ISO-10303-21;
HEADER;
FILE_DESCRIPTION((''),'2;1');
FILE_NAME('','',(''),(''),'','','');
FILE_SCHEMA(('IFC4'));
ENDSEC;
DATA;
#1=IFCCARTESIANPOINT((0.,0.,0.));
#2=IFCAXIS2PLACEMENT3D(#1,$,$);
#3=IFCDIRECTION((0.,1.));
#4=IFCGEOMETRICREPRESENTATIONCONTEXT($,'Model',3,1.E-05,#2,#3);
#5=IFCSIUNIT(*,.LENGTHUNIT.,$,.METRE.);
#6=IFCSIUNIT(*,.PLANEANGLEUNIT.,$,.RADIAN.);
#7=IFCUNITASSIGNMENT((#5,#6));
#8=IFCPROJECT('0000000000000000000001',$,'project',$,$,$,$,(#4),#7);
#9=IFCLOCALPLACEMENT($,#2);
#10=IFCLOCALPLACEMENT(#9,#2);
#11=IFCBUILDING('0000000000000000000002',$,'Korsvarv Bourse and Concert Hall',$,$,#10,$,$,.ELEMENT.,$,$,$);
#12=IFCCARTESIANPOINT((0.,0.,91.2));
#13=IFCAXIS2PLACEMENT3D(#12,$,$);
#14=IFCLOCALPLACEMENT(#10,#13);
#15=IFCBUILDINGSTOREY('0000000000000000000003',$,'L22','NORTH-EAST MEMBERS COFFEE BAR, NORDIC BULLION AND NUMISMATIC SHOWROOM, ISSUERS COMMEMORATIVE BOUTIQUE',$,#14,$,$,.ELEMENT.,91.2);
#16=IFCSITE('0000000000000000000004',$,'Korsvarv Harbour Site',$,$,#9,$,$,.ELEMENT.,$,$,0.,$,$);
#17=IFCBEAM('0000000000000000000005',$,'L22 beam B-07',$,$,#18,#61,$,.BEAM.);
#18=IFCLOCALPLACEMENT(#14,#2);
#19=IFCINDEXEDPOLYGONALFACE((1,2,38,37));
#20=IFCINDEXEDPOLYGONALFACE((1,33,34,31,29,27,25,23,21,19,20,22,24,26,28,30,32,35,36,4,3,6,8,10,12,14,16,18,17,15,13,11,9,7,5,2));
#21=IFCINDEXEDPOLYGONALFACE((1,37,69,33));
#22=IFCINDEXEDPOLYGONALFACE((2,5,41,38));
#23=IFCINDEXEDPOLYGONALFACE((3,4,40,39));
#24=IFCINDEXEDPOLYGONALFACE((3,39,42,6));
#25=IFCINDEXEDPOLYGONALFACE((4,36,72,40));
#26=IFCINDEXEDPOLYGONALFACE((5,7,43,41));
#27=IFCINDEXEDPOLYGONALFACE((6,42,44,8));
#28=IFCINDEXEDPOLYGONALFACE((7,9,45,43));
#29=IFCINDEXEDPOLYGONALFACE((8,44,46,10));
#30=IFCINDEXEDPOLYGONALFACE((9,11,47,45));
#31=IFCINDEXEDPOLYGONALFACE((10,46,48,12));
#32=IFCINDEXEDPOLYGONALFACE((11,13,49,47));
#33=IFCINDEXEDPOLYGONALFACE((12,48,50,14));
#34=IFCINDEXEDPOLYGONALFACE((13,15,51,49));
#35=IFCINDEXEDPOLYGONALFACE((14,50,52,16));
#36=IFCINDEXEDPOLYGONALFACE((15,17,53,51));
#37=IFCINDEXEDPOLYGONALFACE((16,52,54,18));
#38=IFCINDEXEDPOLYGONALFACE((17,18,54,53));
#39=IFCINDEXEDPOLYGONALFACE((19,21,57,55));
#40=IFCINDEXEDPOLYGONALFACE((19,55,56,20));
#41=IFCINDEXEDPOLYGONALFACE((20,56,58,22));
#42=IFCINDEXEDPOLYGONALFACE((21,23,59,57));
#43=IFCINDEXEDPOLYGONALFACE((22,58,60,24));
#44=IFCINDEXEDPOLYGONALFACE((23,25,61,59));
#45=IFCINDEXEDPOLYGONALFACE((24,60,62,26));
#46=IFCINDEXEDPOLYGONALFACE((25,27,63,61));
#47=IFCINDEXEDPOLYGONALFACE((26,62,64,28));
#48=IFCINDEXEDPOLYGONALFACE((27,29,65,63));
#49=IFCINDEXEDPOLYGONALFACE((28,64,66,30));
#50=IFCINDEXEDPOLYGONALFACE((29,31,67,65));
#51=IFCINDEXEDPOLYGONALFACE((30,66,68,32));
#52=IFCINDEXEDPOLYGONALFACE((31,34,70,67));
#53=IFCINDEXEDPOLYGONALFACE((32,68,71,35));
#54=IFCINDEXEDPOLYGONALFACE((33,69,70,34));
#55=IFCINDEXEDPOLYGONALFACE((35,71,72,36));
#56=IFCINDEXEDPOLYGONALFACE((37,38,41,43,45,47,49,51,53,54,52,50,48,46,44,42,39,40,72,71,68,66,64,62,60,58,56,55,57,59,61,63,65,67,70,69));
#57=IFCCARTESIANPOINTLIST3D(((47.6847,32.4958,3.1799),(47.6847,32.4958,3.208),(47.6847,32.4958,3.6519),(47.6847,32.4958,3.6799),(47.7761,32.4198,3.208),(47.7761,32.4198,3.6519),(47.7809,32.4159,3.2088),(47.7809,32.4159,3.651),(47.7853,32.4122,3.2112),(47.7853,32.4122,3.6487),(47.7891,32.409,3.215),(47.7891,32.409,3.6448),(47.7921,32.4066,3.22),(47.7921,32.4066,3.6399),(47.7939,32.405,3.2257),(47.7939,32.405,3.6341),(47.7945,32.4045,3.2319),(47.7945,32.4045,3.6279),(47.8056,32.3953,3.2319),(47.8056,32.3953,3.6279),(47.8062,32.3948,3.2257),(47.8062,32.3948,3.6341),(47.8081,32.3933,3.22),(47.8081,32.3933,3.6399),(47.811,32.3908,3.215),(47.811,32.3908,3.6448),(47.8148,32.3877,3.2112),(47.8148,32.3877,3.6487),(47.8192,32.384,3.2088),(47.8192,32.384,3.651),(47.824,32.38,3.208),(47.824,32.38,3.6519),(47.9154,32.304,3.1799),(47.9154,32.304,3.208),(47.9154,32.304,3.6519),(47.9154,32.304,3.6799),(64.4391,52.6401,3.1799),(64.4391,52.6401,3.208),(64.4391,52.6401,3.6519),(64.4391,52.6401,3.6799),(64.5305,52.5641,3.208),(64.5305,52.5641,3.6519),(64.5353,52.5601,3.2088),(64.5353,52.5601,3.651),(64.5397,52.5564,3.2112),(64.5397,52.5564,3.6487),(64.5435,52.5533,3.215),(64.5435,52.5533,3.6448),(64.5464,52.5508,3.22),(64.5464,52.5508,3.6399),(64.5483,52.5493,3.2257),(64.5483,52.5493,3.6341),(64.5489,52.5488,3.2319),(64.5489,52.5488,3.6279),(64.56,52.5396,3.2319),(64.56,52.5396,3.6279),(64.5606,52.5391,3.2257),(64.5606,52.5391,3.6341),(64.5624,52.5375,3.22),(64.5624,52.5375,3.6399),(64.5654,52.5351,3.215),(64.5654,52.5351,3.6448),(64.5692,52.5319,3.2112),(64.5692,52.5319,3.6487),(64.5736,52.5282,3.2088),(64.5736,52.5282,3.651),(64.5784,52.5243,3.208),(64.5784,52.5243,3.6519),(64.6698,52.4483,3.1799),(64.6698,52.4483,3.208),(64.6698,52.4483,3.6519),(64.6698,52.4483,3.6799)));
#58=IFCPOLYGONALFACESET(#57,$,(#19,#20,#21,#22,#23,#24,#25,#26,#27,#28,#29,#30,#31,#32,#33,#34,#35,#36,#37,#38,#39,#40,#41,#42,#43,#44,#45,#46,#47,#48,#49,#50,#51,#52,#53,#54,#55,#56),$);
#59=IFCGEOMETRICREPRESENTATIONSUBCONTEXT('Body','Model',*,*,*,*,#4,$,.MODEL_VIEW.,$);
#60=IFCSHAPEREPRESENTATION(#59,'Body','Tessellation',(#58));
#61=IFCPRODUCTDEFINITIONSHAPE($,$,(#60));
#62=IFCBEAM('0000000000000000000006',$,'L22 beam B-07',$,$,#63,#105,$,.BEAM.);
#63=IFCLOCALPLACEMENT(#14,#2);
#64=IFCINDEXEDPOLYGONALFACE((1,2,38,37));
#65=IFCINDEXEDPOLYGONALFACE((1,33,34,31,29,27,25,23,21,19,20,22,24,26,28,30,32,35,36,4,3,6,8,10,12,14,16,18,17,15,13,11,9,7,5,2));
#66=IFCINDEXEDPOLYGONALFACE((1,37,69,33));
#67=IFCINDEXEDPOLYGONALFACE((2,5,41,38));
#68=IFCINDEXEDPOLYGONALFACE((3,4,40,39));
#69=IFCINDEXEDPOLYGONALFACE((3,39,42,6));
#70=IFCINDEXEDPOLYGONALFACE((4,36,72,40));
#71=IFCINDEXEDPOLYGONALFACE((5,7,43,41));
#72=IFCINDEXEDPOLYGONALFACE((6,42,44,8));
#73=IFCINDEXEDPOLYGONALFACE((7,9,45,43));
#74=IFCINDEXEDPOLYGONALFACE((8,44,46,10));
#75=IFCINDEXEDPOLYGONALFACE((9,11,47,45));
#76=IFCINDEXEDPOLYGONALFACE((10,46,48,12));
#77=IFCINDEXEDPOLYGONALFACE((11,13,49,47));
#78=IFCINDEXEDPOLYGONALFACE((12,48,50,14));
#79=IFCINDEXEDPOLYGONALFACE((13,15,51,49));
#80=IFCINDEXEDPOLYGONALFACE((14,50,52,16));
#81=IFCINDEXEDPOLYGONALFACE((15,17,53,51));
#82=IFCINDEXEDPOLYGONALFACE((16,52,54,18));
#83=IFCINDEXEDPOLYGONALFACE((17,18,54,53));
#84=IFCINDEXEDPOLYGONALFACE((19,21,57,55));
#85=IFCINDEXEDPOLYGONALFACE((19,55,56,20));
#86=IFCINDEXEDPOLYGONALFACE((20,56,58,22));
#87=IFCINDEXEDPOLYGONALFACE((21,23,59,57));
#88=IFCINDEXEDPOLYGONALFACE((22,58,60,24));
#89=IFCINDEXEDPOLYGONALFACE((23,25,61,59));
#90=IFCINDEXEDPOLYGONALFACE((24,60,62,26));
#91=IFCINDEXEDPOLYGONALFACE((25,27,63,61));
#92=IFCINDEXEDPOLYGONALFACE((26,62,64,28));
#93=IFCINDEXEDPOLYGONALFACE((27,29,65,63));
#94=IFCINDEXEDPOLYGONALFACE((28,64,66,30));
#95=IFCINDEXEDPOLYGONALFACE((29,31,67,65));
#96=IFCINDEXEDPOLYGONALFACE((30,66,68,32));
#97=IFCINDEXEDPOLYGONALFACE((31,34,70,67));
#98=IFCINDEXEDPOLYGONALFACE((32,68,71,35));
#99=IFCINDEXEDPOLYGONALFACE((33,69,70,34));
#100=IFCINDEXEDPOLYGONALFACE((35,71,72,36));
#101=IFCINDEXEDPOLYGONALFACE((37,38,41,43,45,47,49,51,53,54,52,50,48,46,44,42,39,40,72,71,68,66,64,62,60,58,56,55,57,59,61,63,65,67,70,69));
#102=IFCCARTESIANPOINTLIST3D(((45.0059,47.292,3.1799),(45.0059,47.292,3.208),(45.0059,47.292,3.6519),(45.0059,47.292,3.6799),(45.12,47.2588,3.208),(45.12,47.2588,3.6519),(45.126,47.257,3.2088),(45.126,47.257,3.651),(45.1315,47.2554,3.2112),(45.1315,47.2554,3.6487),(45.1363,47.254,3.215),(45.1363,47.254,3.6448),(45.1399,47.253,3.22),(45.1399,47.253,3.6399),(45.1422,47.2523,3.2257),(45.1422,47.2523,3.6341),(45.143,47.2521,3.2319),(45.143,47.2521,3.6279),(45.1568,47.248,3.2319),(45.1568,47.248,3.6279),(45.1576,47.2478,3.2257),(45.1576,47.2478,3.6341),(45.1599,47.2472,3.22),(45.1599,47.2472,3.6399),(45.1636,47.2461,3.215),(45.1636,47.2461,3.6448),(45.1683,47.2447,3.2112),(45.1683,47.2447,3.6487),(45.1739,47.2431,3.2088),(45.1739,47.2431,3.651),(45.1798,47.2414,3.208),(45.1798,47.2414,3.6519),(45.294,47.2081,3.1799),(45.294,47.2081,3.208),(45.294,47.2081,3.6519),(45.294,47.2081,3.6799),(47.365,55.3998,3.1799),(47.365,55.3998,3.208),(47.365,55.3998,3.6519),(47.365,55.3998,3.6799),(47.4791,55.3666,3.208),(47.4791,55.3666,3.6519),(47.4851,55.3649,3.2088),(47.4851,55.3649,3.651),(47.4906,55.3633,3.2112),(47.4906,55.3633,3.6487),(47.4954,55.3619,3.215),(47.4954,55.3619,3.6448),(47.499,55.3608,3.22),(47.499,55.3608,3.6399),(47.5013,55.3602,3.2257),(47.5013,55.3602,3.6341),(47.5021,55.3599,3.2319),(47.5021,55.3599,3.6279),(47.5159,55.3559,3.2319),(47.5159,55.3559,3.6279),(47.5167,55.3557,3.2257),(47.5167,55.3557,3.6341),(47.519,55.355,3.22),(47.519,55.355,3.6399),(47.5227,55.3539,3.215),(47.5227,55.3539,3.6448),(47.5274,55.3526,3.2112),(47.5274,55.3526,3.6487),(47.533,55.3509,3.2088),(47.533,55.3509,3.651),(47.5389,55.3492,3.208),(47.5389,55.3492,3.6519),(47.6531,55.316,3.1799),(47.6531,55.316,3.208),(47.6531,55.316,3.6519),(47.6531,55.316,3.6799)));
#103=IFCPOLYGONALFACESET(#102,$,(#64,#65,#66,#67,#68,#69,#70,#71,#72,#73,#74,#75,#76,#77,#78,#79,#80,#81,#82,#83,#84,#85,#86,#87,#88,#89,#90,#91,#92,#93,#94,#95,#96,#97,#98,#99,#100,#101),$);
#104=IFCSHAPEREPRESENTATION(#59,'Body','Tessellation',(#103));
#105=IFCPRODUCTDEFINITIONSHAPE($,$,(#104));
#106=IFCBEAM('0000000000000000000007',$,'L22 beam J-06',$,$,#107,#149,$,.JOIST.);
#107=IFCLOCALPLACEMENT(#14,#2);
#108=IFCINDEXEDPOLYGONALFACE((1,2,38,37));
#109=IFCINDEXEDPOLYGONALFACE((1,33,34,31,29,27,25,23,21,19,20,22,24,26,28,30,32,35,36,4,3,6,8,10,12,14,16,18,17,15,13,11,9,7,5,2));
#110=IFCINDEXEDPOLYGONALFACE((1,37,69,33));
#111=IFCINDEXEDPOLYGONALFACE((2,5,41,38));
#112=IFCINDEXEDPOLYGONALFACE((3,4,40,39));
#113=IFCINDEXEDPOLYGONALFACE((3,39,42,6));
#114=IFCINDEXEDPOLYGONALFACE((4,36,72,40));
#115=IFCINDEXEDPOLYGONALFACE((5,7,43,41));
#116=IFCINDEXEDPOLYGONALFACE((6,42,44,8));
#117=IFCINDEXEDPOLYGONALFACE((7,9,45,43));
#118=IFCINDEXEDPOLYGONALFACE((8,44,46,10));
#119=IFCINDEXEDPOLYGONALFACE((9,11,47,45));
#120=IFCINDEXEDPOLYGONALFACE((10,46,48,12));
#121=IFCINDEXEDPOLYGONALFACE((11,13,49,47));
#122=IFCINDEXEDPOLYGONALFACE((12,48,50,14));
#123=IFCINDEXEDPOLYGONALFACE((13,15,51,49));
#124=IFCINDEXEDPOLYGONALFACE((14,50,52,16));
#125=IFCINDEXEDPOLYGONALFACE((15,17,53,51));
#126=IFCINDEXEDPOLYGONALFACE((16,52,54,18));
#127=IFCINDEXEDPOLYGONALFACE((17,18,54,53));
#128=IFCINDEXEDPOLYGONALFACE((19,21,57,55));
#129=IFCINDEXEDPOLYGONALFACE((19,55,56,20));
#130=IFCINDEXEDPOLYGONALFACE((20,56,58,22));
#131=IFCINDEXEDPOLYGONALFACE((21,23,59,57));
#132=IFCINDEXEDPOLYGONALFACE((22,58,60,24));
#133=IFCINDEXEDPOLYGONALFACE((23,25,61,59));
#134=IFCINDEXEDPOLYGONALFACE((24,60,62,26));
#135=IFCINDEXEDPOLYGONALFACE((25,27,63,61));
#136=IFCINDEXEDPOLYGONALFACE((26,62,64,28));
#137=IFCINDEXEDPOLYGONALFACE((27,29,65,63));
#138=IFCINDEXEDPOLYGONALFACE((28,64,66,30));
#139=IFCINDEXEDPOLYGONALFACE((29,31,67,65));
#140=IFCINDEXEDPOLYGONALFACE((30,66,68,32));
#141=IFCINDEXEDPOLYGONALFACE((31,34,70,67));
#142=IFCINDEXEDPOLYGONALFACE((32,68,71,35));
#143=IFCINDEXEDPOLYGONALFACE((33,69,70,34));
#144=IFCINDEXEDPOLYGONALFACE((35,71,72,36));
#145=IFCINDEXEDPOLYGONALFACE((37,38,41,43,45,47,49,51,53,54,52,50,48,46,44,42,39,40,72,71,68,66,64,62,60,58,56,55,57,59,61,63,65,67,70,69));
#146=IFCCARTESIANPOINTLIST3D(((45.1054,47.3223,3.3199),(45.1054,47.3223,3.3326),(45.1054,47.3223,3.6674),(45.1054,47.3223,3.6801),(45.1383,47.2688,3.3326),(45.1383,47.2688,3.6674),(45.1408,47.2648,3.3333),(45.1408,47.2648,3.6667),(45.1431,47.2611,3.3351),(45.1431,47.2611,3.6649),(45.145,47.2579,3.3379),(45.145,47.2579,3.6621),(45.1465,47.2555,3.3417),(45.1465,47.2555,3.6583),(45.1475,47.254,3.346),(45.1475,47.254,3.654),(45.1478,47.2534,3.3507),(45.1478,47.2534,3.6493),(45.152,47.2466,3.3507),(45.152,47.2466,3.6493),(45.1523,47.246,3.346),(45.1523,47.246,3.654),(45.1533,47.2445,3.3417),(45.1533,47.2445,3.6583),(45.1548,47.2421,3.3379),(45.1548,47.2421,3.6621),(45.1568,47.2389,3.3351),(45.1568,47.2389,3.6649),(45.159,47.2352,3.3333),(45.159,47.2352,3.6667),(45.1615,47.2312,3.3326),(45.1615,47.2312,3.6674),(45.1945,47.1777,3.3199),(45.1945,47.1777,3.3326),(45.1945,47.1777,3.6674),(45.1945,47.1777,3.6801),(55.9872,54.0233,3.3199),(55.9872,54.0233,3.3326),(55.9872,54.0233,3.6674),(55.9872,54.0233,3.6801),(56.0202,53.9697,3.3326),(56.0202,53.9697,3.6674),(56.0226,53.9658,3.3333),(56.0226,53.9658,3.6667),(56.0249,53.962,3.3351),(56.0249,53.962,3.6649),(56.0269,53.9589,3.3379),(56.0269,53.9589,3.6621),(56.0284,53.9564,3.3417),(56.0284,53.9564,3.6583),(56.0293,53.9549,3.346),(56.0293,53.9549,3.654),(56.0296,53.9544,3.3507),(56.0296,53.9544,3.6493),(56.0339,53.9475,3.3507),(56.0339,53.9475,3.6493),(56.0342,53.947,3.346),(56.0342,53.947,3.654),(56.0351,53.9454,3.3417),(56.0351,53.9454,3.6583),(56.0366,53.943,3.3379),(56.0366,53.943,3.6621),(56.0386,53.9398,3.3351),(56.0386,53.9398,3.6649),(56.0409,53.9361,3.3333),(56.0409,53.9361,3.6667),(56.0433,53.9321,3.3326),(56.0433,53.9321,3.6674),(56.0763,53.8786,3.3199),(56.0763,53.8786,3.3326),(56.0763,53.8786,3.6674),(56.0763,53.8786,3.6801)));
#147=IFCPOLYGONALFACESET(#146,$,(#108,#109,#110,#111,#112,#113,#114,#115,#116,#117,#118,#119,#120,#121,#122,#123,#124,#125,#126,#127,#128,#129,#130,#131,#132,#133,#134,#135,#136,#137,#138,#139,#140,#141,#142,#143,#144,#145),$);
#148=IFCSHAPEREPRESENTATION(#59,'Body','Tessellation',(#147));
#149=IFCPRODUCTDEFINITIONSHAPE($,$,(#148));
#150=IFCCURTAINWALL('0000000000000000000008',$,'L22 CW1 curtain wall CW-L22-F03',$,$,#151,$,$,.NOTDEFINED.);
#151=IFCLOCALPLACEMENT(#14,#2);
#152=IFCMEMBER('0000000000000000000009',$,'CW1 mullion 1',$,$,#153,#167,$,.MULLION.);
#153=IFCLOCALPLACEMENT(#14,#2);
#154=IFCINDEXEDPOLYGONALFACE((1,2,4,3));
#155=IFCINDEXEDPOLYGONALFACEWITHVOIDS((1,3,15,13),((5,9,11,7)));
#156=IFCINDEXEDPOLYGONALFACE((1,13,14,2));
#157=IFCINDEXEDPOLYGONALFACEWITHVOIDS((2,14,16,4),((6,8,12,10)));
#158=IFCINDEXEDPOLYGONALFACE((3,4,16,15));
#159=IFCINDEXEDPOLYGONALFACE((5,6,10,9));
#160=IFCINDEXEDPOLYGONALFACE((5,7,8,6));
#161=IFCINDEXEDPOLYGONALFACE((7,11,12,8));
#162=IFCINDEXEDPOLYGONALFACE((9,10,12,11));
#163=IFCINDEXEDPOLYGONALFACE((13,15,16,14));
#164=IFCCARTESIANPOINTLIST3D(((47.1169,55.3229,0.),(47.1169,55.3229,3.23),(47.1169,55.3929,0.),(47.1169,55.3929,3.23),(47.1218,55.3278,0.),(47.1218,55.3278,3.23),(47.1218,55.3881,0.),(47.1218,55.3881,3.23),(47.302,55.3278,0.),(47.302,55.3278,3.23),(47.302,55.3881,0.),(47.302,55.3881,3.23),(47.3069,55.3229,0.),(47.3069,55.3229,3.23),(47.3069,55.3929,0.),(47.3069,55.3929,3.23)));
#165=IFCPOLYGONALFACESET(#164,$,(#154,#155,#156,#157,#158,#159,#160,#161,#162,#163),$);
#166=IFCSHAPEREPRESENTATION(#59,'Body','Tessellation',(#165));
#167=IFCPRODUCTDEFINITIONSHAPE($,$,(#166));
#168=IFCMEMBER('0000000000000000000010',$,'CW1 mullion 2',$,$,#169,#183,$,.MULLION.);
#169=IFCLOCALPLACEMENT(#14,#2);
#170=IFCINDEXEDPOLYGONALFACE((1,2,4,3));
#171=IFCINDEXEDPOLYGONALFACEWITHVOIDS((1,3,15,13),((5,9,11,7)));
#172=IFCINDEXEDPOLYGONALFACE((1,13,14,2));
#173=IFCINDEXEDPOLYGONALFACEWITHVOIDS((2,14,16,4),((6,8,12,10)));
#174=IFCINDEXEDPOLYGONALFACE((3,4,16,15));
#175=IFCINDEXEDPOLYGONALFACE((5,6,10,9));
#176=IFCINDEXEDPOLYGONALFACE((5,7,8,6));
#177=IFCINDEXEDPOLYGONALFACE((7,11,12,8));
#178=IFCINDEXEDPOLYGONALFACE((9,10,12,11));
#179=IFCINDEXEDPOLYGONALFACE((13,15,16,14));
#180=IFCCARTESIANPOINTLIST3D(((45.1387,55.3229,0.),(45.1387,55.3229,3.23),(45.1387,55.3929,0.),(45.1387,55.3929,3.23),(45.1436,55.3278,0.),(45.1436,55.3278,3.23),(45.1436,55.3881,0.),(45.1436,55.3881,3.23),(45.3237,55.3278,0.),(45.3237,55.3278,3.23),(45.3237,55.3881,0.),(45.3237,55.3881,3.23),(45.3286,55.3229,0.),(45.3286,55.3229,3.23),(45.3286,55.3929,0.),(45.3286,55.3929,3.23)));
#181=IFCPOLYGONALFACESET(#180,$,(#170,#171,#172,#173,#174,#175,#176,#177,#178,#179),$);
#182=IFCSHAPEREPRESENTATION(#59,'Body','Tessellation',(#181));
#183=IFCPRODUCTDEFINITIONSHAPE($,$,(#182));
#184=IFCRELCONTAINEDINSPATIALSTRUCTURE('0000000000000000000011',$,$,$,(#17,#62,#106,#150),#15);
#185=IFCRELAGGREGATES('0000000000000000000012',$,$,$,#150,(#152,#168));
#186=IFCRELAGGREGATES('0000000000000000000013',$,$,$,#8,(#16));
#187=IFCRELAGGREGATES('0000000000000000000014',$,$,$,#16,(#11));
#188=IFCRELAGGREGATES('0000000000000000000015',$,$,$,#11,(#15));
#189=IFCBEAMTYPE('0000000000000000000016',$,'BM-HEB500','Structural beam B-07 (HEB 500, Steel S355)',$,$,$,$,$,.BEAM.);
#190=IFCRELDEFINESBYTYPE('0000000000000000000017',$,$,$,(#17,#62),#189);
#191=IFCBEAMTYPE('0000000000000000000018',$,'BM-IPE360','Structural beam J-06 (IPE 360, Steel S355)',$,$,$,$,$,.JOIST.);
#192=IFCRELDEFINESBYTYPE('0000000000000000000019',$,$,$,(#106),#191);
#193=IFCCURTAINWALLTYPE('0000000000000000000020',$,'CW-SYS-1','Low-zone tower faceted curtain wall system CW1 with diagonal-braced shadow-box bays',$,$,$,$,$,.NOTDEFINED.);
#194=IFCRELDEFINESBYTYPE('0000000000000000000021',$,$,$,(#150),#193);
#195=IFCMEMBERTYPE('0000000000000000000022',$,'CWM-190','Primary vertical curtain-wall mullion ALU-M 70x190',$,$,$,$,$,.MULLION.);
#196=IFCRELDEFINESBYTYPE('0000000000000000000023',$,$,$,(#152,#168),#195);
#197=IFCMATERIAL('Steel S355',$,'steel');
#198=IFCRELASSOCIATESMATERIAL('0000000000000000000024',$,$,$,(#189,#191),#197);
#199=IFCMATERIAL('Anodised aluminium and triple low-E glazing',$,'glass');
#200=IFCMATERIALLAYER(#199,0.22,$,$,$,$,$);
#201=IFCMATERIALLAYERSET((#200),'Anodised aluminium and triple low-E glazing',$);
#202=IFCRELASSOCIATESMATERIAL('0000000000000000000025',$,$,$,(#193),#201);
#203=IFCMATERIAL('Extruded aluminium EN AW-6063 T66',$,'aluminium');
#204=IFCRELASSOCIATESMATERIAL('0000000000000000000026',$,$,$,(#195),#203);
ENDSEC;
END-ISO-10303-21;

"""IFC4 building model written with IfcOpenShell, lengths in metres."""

from ifc_helpers import new_model, si_unit, direction, frame, origin, origin_2d, place, context, subcontext, project, spatial, hollow_rectangle, i_section, extrude, source, transform, mapped, material, layer, layer_set, material_profile, profile_set, type_object, element, aggregate, save


model = new_model("IFC4")

# Units and contexts
model_context = context("Model", 3, precision=1e-05, world=origin(), true_north=direction((0.0, 1.0)))
body_context = subcontext(model_context, "Body", "Model", "MODEL_VIEW")
ifc_project = project(units=[si_unit("LENGTHUNIT", "METRE"), si_unit("PLANEANGLEUNIT", "RADIAN")], contexts=[model_context])

# Site, building, storey
site_placement = place(None, origin())
site = spatial("IfcSite", under=ifc_project, at=site_placement, Name="Korsvarv Harbour Site", CompositionType="ELEMENT", RefElevation=0.0)
building_placement = place(site_placement, origin())
building = spatial("IfcBuilding", under=site, at=building_placement, Name="Korsvarv Bourse and Concert Hall", CompositionType="ELEMENT")
storey_placement = place(building_placement, frame((0.0, 0.0, 91.2)))
storey = spatial("IfcBuildingStorey", under=building, at=storey_placement, Name="L22", Description="NORTH-EAST MEMBERS COFFEE BAR, NORDIC BULLION AND NUMISMATIC SHOWROOM, ISSUERS COMMEMORATIVE BOUTIQUE", CompositionType="ELEMENT", Elevation=91.2)

# Beams
ifc_material_1 = material(Name="Steel S355", Category="steel")
ifc_material_profile_1 = material_profile(ifc_material_1, i_section(OverallWidth=0.3, OverallDepth=0.5, WebThickness=0.0144, FlangeThickness=0.0281, FilletRadius=0.0239, at=origin_2d()), Name="HEB 500")
ifc_profile_set_1 = profile_set([ifc_material_profile_1], Name="Steel S355")
beam_type_1 = type_object("IfcBeamType", Name="BM-HEB500", Description="Structural beam B-07 (HEB 500, Steel S355)", PredefinedType="BEAM", material=ifc_profile_set_1)
shared_shape_1 = source(origin(), body_context, "Body", "SweptSolid", [
    extrude(i_section(OverallWidth=0.3, OverallDepth=0.5, WebThickness=0.0144, FlangeThickness=0.0281, FilletRadius=0.0239, at=origin_2d()), origin(), (0.0, 0.0, 1.0), 26.2012),
])
beam_1_placement = place(storey_placement, frame((64.5544, 52.5442, 3.4299), z_axis=(-0.639452, -0.768831, 0.0), x_axis=(0.768831, -0.639452, 0.0)))
element("IfcBeam", 1, at=beam_1_placement, inside=storey, type_object=beam_type_1, Name="L22 beam B-07", PredefinedType="BEAM", context=body_context, shape_type="MappedRepresentation", body=[
    mapped(shared_shape_1, transform((0.0, 0.0, 0.0), scale=1.0)),
])
shared_shape_2 = source(origin(), body_context, "Body", "SweptSolid", [
    extrude(i_section(OverallWidth=0.3, OverallDepth=0.5, WebThickness=0.0144, FlangeThickness=0.0281, FilletRadius=0.0239, at=origin_2d()), origin(), (0.0, 0.0, 1.0), 8.4441),
])
beam_2_placement = place(storey_placement, frame((47.509, 55.3579, 3.4299), z_axis=(-0.27938, -0.96018, 0.0), x_axis=(0.96018, -0.27938, 0.0)))
element("IfcBeam", 2, at=beam_2_placement, inside=storey, type_object=beam_type_1, Name="L22 beam B-07", PredefinedType="BEAM", context=body_context, shape_type="MappedRepresentation", body=[
    mapped(shared_shape_2, transform((0.0, 0.0, 0.0), scale=1.0)),
])
ifc_material_profile_2 = material_profile(ifc_material_1, i_section(OverallWidth=0.1699, OverallDepth=0.3601, WebThickness=0.0081, FlangeThickness=0.0127, FilletRadius=0.0181, at=origin_2d()), Name="IPE 360")
ifc_profile_set_2 = profile_set([ifc_material_profile_2], Name="Steel S355")
beam_type_2 = type_object("IfcBeamType", Name="BM-IPE360", Description="Structural beam J-06 (IPE 360, Steel S355)", PredefinedType="JOIST", material=ifc_profile_set_2)
shared_shape_3 = source(origin(), body_context, "Body", "SweptSolid", [
    extrude(i_section(OverallWidth=0.1699, OverallDepth=0.3601, WebThickness=0.0081, FlangeThickness=0.0127, FilletRadius=0.0181, at=origin_2d()), origin(), (0.0, 0.0, 1.0), 12.7795),
])
beam_3_placement = place(storey_placement, frame((56.0317, 53.9509, 3.5), z_axis=(-0.851504, -0.524348, 0.0), x_axis=(0.524348, -0.851504, 0.0)))
element("IfcBeam", 3, at=beam_3_placement, inside=storey, type_object=beam_type_2, Name="L22 beam J-06", PredefinedType="JOIST", context=body_context, shape_type="MappedRepresentation", body=[
    mapped(shared_shape_3, transform((0.0, 0.0, 0.0), scale=1.0)),
])

# Curtain wall, members
ifc_material_2 = material(Name="Anodised aluminium and triple low-E glazing", Category="glass")
ifc_layer_1 = layer(ifc_material_2, 0.22)
ifc_layer_set_1 = layer_set([ifc_layer_1], Name="Anodised aluminium and triple low-E glazing")
curtain_wall_type = type_object("IfcCurtainWallType", Name="CW-SYS-1", Description="Low-zone tower faceted curtain wall system CW1 with diagonal-braced shadow-box bays", PredefinedType="NOTDEFINED", material=ifc_layer_set_1)
curtain_wall_placement = place(storey_placement, origin())
curtain_wall = element("IfcCurtainWall", 4, at=curtain_wall_placement, inside=storey, type_object=curtain_wall_type, Name="L22 CW1 curtain wall CW-L22-F03", PredefinedType="NOTDEFINED")
ifc_material_3 = material(Name="Extruded aluminium EN AW-6063 T66", Category="aluminium")
ifc_material_profile_3 = material_profile(ifc_material_3, hollow_rectangle(XDim=0.0701, YDim=0.1899, WallThickness=0.0049, at=origin_2d()), Name="ALU-M 70x190")
ifc_profile_set_3 = profile_set([ifc_material_profile_3], Name="Extruded aluminium EN AW-6063 T66")
member_type_1 = type_object("IfcMemberType", Name="CWM-190", Description="Primary vertical curtain-wall mullion ALU-M 70x190", PredefinedType="MULLION", material=ifc_profile_set_3)
shared_shape_4 = source(origin(), body_context, "Body", "SweptSolid", [
    extrude(hollow_rectangle(XDim=0.0701, YDim=0.1899, WallThickness=0.0049, at=origin_2d()), origin(), (0.0, 0.0, 1.0), 3.23),
])
member_1_placement = place(storey_placement, frame((47.2119, 55.3579, 0.0), z_axis=(0.0, 0.0, 1.0), x_axis=(0.0, -1.0, 0.0)))
member_1 = element("IfcMember", 5, at=member_1_placement, type_object=member_type_1, Name="CW1 mullion 1", PredefinedType="MULLION", context=body_context, shape_type="MappedRepresentation", body=[
    mapped(shared_shape_4, transform((0.0, 0.0, 0.0), scale=1.0)),
])
member_2_placement = place(storey_placement, frame((45.2336, 55.3579, 0.0), z_axis=(0.0, 0.0, 1.0), x_axis=(0.0, -1.0, 0.0)))
member_2 = element("IfcMember", 6, at=member_2_placement, type_object=member_type_1, Name="CW1 mullion 2", PredefinedType="MULLION", context=body_context, shape_type="MappedRepresentation", body=[
    mapped(shared_shape_4, transform((0.0, 0.0, 0.0), scale=1.0)),
])
aggregate(curtain_wall, [member_1, member_2])

save(model, "model.ifc")
